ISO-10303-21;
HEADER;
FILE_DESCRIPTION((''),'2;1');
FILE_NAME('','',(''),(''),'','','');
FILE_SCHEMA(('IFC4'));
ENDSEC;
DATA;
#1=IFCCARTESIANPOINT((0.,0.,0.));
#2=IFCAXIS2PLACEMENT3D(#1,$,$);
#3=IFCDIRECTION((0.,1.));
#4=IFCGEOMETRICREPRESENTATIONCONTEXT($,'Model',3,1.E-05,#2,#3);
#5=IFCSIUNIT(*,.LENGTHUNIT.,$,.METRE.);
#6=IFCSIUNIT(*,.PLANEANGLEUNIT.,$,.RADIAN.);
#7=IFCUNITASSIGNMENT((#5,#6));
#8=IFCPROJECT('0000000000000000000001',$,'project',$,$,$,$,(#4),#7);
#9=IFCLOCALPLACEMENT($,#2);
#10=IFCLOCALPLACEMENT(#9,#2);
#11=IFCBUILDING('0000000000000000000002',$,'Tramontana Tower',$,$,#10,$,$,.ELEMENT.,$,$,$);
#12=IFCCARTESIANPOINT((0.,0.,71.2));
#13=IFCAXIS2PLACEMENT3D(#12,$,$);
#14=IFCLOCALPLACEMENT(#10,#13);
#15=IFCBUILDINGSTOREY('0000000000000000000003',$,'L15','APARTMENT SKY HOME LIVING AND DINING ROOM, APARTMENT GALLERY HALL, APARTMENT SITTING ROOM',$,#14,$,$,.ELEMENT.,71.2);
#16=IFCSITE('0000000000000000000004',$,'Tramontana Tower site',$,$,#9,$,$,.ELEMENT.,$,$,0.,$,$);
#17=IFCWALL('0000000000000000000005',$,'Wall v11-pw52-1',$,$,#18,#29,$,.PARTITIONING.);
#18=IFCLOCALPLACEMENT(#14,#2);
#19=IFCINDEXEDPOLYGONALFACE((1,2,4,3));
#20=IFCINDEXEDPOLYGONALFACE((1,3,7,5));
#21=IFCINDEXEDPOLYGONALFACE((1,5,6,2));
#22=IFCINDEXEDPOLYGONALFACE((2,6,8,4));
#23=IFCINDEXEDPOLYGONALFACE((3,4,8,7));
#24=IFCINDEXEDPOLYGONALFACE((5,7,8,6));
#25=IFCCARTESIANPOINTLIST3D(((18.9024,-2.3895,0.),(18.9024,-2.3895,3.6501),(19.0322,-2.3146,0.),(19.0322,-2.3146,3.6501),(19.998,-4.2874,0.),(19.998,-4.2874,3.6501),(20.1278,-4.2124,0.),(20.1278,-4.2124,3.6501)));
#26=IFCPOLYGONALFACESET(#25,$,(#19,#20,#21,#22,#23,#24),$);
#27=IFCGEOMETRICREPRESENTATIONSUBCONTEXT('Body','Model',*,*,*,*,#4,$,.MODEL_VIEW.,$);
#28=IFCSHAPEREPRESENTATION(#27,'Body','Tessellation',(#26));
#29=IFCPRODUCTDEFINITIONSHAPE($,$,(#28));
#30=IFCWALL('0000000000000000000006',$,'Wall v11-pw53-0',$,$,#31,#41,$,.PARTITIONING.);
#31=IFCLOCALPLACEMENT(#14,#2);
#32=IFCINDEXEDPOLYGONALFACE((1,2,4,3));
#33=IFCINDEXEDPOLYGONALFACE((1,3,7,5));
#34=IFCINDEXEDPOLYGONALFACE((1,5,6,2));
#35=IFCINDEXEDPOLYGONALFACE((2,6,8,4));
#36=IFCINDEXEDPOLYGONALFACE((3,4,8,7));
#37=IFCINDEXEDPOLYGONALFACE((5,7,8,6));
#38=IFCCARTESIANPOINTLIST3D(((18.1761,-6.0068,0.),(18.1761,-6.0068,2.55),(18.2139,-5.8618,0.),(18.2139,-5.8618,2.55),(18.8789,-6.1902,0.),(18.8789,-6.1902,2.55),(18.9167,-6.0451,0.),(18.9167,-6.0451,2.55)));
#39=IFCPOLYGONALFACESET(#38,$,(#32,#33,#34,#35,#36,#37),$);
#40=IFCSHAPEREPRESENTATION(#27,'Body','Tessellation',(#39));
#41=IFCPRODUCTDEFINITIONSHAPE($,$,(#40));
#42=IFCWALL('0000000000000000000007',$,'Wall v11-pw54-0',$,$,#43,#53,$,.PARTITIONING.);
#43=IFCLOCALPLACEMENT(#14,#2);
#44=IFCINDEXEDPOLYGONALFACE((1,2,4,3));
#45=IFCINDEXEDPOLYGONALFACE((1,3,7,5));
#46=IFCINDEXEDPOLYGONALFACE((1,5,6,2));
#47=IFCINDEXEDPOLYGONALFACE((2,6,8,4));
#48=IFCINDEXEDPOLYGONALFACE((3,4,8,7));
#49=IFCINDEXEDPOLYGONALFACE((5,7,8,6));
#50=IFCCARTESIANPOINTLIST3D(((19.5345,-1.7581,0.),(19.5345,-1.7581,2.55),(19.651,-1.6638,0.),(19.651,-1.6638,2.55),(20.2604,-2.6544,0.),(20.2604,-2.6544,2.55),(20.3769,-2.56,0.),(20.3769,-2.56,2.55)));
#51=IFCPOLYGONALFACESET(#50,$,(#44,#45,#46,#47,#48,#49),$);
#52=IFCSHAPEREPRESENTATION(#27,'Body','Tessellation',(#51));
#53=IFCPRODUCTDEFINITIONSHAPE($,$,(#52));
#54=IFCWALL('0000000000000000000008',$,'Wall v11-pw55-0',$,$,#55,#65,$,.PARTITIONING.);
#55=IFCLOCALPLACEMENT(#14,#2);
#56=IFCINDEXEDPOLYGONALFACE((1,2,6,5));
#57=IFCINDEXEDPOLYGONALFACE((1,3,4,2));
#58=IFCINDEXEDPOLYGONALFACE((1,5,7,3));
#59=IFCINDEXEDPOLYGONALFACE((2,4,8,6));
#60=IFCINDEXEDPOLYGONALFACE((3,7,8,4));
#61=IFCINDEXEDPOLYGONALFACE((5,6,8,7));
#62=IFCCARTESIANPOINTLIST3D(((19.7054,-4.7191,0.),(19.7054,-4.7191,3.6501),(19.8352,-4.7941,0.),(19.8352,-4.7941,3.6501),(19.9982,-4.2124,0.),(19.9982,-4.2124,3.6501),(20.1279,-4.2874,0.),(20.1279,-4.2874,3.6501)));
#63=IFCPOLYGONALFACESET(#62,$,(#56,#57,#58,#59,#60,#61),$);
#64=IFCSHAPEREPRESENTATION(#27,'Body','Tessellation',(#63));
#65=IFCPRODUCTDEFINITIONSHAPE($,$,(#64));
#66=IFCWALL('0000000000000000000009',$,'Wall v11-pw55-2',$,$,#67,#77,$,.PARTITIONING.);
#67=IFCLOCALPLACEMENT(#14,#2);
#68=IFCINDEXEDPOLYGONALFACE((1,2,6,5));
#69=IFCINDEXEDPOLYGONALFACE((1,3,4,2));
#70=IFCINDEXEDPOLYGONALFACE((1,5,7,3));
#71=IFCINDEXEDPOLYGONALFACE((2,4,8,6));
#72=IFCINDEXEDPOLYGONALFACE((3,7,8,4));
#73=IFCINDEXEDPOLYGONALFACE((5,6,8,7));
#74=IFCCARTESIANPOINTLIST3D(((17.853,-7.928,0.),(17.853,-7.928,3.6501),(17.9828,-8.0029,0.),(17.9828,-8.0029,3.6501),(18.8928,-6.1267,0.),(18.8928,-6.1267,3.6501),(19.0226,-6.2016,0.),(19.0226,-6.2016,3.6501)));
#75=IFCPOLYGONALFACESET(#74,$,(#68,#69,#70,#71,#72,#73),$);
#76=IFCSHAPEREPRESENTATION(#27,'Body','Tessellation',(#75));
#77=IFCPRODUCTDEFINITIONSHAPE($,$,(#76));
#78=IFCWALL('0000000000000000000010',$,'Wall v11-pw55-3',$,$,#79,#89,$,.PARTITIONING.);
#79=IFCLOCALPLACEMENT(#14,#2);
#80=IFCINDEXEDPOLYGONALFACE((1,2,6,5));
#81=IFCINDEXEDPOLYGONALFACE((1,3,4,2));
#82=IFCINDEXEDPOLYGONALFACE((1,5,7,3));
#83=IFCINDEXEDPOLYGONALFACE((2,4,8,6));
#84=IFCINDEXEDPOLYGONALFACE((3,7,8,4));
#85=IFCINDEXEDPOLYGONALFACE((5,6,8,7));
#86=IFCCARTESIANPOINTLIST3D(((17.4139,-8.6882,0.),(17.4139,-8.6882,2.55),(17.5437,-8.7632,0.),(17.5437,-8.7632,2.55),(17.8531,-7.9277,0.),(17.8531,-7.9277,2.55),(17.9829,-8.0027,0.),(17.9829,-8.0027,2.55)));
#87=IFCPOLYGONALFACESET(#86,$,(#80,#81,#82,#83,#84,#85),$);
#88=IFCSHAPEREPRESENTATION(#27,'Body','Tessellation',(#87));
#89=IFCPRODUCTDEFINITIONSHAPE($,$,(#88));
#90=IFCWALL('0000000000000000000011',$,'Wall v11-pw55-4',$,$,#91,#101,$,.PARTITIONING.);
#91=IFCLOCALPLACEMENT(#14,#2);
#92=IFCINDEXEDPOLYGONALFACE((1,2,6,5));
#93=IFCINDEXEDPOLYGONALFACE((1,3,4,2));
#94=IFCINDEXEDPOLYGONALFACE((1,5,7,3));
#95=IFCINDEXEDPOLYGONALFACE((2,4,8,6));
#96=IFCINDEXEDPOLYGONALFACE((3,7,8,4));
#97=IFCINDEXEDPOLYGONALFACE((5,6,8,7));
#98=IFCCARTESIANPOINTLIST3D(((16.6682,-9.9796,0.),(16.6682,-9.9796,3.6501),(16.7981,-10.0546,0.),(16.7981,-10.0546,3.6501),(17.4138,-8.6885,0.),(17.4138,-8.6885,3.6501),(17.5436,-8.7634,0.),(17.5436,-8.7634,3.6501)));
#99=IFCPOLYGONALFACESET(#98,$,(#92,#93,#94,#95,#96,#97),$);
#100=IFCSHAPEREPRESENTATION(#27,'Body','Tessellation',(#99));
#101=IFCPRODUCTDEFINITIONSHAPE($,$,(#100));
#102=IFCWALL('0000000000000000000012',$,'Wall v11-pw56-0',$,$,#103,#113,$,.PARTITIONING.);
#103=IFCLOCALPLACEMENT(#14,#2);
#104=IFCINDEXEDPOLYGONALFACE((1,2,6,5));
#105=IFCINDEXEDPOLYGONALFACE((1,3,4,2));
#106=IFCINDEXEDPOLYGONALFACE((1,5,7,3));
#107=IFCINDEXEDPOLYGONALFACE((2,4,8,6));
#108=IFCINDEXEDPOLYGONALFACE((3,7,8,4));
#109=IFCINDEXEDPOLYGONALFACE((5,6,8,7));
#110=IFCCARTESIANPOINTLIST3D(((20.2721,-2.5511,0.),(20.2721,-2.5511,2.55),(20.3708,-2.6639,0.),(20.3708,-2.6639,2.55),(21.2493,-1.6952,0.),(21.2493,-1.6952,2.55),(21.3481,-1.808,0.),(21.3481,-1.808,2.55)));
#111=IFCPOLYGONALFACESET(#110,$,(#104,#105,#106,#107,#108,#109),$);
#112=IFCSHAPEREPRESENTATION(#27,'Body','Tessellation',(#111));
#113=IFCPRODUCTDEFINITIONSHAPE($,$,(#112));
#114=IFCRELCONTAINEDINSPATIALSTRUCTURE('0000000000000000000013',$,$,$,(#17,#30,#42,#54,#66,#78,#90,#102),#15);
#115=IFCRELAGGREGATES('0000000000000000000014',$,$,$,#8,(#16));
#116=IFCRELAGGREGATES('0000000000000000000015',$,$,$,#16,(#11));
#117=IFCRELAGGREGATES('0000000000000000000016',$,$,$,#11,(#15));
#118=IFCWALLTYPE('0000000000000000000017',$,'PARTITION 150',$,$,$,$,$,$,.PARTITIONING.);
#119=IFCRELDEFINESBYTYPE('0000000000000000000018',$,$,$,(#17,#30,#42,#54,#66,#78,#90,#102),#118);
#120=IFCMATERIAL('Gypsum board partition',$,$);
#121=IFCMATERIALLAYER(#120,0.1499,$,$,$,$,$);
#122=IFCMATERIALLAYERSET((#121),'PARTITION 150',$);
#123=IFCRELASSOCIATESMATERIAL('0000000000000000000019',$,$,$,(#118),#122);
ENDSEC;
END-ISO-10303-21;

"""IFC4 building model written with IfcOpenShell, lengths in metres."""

from ifc_helpers import new_model, si_unit, direction, frame, frame_2d, origin, place, context, subcontext, project, spatial, rectangle, extrude, material, layer, layer_set, type_object, element, save


model = new_model("IFC4")

# Units and contexts
model_context = context("Model", 3, precision=1e-05, world=origin(), true_north=direction((0.0, 1.0)))
body_context = subcontext(model_context, "Body", "Model", "MODEL_VIEW")
ifc_project = project(units=[si_unit("LENGTHUNIT", "METRE"), si_unit("PLANEANGLEUNIT", "RADIAN")], contexts=[model_context])

# Site, building, storey
site_placement = place(None, origin())
site = spatial("IfcSite", under=ifc_project, at=site_placement, Name="Tramontana Tower site", CompositionType="ELEMENT", RefElevation=0.0)
building_placement = place(site_placement, origin())
building = spatial("IfcBuilding", under=site, at=building_placement, Name="Tramontana Tower", CompositionType="ELEMENT")
storey_placement = place(building_placement, frame((0.0, 0.0, 71.2)))
storey = spatial("IfcBuildingStorey", under=building, at=storey_placement, Name="L15", Description="APARTMENT SKY HOME LIVING AND DINING ROOM, APARTMENT GALLERY HALL, APARTMENT SITTING ROOM", CompositionType="ELEMENT", Elevation=71.2)

# Shared definitions
ifc_material_1 = material(Name="Gypsum board partition")
ifc_layer_1 = layer(ifc_material_1, 0.1499)
ifc_layer_set_1 = layer_set([ifc_layer_1], Name="PARTITION 150")
wall_type_1 = type_object("IfcWallType", Name="PARTITION 150", PredefinedType="PARTITIONING", material=ifc_layer_set_1)

# Walls
wall_1_placement = place(storey_placement, frame((18.9673, -2.3521, 0.0), z_axis=(0.0, 0.0, 1.0), x_axis=(0.499973, -0.866041, 0.0)))
element("IfcWall", 1, at=wall_1_placement, inside=storey, type_object=wall_type_1, Name="Wall v11-pw52-1", PredefinedType="PARTITIONING", context=body_context, shape_type="SweptSolid", body=[
    extrude(rectangle(XDim=2.1914, YDim=0.1499, at=frame_2d((1.0957, 0.0))), origin(), (0.0, 0.0, 1.0), 3.6501),
])
wall_2_placement = place(storey_placement, frame((18.8979, -6.1177, 0.0), z_axis=(0.0, 0.0, 1.0), x_axis=(-0.967621, 0.252408, 0.0)))
element("IfcWall", 2, at=wall_2_placement, inside=storey, type_object=wall_type_1, Name="Wall v11-pw53-0", PredefinedType="PARTITIONING", context=body_context, shape_type="SweptSolid", body=[
    extrude(rectangle(XDim=0.7263, YDim=0.1499, at=frame_2d((0.3633, 0.0))), origin(), (0.0, 0.0, 1.0), 2.55),
])

# Walls
wall_3_placement = place(storey_placement, frame((19.5928, -1.7109, 0.0), z_axis=(0.0, 0.0, 1.0), x_axis=(0.629357, -0.777117, 0.0)))
element("IfcWall", 3, at=wall_3_placement, inside=storey, type_object=wall_type_1, Name="Wall v11-pw54-0", PredefinedType="PARTITIONING", context=body_context, shape_type="SweptSolid", body=[
    extrude(rectangle(XDim=1.1533, YDim=0.1499, at=frame_2d((0.5767, 0.0))), origin(), (0.0, 0.0, 1.0), 2.55),
])
wall_4_placement = place(storey_placement, frame((20.063, -4.25, 0.0), z_axis=(0.0, 0.0, 1.0), x_axis=(-0.500312, -0.865845, 0.0)))
element("IfcWall", 4, at=wall_4_placement, inside=storey, type_object=wall_type_1, Name="Wall v11-pw55-0", PredefinedType="PARTITIONING", context=body_context, shape_type="SweptSolid", body=[
    extrude(rectangle(XDim=0.5852, YDim=0.1499, at=frame_2d((0.2925, 0.0))), origin(), (0.0, 0.0, 1.0), 3.6501),
])

# Walls
wall_5_placement = place(storey_placement, frame((18.9578, -6.1641, 0.0), z_axis=(0.0, 0.0, 1.0), x_axis=(-0.499939, -0.86606, 0.0)))
element("IfcWall", 5, at=wall_5_placement, inside=storey, type_object=wall_type_1, Name="Wall v11-pw55-2", PredefinedType="PARTITIONING", context=body_context, shape_type="SweptSolid", body=[
    extrude(rectangle(XDim=2.0798, YDim=0.1499, at=frame_2d((1.04, 0.0))), origin(), (0.0, 0.0, 1.0), 3.6501),
])
wall_6_placement = place(storey_placement, frame((17.918, -7.9653, 0.0), z_axis=(0.0, 0.0, 1.0), x_axis=(-0.500115, -0.865959, 0.0)))
element("IfcWall", 6, at=wall_6_placement, inside=storey, type_object=wall_type_1, Name="Wall v11-pw55-3", PredefinedType="PARTITIONING", context=body_context, shape_type="SweptSolid", body=[
    extrude(rectangle(XDim=0.8782, YDim=0.1499, at=frame_2d((0.439, 0.0))), origin(), (0.0, 0.0, 1.0), 2.55),
])
wall_7_placement = place(storey_placement, frame((17.4788, -8.7258, 0.0), z_axis=(0.0, 0.0, 1.0), x_axis=(-0.500048, -0.865997, 0.0)))
element("IfcWall", 7, at=wall_7_placement, inside=storey, type_object=wall_type_1, Name="Wall v11-pw55-4", PredefinedType="PARTITIONING", context=body_context, shape_type="SweptSolid", body=[
    extrude(rectangle(XDim=1.491, YDim=0.1499, at=frame_2d((0.7456, 0.0))), origin(), (0.0, 0.0, 1.0), 3.6501),
])
wall_8_placement = place(storey_placement, frame((20.3215, -2.6074, 0.0), z_axis=(0.0, 0.0, 1.0), x_axis=(0.752262, 0.658864, 0.0)))
element("IfcWall", 8, at=wall_8_placement, inside=storey, type_object=wall_type_1, Name="Wall v11-pw56-0", PredefinedType="PARTITIONING", context=body_context, shape_type="SweptSolid", body=[
    extrude(rectangle(XDim=1.2991, YDim=0.1499, at=frame_2d((0.6494, 0.0))), origin(), (0.0, 0.0, 1.0), 2.55),
])

save(model, "model.ifc")
